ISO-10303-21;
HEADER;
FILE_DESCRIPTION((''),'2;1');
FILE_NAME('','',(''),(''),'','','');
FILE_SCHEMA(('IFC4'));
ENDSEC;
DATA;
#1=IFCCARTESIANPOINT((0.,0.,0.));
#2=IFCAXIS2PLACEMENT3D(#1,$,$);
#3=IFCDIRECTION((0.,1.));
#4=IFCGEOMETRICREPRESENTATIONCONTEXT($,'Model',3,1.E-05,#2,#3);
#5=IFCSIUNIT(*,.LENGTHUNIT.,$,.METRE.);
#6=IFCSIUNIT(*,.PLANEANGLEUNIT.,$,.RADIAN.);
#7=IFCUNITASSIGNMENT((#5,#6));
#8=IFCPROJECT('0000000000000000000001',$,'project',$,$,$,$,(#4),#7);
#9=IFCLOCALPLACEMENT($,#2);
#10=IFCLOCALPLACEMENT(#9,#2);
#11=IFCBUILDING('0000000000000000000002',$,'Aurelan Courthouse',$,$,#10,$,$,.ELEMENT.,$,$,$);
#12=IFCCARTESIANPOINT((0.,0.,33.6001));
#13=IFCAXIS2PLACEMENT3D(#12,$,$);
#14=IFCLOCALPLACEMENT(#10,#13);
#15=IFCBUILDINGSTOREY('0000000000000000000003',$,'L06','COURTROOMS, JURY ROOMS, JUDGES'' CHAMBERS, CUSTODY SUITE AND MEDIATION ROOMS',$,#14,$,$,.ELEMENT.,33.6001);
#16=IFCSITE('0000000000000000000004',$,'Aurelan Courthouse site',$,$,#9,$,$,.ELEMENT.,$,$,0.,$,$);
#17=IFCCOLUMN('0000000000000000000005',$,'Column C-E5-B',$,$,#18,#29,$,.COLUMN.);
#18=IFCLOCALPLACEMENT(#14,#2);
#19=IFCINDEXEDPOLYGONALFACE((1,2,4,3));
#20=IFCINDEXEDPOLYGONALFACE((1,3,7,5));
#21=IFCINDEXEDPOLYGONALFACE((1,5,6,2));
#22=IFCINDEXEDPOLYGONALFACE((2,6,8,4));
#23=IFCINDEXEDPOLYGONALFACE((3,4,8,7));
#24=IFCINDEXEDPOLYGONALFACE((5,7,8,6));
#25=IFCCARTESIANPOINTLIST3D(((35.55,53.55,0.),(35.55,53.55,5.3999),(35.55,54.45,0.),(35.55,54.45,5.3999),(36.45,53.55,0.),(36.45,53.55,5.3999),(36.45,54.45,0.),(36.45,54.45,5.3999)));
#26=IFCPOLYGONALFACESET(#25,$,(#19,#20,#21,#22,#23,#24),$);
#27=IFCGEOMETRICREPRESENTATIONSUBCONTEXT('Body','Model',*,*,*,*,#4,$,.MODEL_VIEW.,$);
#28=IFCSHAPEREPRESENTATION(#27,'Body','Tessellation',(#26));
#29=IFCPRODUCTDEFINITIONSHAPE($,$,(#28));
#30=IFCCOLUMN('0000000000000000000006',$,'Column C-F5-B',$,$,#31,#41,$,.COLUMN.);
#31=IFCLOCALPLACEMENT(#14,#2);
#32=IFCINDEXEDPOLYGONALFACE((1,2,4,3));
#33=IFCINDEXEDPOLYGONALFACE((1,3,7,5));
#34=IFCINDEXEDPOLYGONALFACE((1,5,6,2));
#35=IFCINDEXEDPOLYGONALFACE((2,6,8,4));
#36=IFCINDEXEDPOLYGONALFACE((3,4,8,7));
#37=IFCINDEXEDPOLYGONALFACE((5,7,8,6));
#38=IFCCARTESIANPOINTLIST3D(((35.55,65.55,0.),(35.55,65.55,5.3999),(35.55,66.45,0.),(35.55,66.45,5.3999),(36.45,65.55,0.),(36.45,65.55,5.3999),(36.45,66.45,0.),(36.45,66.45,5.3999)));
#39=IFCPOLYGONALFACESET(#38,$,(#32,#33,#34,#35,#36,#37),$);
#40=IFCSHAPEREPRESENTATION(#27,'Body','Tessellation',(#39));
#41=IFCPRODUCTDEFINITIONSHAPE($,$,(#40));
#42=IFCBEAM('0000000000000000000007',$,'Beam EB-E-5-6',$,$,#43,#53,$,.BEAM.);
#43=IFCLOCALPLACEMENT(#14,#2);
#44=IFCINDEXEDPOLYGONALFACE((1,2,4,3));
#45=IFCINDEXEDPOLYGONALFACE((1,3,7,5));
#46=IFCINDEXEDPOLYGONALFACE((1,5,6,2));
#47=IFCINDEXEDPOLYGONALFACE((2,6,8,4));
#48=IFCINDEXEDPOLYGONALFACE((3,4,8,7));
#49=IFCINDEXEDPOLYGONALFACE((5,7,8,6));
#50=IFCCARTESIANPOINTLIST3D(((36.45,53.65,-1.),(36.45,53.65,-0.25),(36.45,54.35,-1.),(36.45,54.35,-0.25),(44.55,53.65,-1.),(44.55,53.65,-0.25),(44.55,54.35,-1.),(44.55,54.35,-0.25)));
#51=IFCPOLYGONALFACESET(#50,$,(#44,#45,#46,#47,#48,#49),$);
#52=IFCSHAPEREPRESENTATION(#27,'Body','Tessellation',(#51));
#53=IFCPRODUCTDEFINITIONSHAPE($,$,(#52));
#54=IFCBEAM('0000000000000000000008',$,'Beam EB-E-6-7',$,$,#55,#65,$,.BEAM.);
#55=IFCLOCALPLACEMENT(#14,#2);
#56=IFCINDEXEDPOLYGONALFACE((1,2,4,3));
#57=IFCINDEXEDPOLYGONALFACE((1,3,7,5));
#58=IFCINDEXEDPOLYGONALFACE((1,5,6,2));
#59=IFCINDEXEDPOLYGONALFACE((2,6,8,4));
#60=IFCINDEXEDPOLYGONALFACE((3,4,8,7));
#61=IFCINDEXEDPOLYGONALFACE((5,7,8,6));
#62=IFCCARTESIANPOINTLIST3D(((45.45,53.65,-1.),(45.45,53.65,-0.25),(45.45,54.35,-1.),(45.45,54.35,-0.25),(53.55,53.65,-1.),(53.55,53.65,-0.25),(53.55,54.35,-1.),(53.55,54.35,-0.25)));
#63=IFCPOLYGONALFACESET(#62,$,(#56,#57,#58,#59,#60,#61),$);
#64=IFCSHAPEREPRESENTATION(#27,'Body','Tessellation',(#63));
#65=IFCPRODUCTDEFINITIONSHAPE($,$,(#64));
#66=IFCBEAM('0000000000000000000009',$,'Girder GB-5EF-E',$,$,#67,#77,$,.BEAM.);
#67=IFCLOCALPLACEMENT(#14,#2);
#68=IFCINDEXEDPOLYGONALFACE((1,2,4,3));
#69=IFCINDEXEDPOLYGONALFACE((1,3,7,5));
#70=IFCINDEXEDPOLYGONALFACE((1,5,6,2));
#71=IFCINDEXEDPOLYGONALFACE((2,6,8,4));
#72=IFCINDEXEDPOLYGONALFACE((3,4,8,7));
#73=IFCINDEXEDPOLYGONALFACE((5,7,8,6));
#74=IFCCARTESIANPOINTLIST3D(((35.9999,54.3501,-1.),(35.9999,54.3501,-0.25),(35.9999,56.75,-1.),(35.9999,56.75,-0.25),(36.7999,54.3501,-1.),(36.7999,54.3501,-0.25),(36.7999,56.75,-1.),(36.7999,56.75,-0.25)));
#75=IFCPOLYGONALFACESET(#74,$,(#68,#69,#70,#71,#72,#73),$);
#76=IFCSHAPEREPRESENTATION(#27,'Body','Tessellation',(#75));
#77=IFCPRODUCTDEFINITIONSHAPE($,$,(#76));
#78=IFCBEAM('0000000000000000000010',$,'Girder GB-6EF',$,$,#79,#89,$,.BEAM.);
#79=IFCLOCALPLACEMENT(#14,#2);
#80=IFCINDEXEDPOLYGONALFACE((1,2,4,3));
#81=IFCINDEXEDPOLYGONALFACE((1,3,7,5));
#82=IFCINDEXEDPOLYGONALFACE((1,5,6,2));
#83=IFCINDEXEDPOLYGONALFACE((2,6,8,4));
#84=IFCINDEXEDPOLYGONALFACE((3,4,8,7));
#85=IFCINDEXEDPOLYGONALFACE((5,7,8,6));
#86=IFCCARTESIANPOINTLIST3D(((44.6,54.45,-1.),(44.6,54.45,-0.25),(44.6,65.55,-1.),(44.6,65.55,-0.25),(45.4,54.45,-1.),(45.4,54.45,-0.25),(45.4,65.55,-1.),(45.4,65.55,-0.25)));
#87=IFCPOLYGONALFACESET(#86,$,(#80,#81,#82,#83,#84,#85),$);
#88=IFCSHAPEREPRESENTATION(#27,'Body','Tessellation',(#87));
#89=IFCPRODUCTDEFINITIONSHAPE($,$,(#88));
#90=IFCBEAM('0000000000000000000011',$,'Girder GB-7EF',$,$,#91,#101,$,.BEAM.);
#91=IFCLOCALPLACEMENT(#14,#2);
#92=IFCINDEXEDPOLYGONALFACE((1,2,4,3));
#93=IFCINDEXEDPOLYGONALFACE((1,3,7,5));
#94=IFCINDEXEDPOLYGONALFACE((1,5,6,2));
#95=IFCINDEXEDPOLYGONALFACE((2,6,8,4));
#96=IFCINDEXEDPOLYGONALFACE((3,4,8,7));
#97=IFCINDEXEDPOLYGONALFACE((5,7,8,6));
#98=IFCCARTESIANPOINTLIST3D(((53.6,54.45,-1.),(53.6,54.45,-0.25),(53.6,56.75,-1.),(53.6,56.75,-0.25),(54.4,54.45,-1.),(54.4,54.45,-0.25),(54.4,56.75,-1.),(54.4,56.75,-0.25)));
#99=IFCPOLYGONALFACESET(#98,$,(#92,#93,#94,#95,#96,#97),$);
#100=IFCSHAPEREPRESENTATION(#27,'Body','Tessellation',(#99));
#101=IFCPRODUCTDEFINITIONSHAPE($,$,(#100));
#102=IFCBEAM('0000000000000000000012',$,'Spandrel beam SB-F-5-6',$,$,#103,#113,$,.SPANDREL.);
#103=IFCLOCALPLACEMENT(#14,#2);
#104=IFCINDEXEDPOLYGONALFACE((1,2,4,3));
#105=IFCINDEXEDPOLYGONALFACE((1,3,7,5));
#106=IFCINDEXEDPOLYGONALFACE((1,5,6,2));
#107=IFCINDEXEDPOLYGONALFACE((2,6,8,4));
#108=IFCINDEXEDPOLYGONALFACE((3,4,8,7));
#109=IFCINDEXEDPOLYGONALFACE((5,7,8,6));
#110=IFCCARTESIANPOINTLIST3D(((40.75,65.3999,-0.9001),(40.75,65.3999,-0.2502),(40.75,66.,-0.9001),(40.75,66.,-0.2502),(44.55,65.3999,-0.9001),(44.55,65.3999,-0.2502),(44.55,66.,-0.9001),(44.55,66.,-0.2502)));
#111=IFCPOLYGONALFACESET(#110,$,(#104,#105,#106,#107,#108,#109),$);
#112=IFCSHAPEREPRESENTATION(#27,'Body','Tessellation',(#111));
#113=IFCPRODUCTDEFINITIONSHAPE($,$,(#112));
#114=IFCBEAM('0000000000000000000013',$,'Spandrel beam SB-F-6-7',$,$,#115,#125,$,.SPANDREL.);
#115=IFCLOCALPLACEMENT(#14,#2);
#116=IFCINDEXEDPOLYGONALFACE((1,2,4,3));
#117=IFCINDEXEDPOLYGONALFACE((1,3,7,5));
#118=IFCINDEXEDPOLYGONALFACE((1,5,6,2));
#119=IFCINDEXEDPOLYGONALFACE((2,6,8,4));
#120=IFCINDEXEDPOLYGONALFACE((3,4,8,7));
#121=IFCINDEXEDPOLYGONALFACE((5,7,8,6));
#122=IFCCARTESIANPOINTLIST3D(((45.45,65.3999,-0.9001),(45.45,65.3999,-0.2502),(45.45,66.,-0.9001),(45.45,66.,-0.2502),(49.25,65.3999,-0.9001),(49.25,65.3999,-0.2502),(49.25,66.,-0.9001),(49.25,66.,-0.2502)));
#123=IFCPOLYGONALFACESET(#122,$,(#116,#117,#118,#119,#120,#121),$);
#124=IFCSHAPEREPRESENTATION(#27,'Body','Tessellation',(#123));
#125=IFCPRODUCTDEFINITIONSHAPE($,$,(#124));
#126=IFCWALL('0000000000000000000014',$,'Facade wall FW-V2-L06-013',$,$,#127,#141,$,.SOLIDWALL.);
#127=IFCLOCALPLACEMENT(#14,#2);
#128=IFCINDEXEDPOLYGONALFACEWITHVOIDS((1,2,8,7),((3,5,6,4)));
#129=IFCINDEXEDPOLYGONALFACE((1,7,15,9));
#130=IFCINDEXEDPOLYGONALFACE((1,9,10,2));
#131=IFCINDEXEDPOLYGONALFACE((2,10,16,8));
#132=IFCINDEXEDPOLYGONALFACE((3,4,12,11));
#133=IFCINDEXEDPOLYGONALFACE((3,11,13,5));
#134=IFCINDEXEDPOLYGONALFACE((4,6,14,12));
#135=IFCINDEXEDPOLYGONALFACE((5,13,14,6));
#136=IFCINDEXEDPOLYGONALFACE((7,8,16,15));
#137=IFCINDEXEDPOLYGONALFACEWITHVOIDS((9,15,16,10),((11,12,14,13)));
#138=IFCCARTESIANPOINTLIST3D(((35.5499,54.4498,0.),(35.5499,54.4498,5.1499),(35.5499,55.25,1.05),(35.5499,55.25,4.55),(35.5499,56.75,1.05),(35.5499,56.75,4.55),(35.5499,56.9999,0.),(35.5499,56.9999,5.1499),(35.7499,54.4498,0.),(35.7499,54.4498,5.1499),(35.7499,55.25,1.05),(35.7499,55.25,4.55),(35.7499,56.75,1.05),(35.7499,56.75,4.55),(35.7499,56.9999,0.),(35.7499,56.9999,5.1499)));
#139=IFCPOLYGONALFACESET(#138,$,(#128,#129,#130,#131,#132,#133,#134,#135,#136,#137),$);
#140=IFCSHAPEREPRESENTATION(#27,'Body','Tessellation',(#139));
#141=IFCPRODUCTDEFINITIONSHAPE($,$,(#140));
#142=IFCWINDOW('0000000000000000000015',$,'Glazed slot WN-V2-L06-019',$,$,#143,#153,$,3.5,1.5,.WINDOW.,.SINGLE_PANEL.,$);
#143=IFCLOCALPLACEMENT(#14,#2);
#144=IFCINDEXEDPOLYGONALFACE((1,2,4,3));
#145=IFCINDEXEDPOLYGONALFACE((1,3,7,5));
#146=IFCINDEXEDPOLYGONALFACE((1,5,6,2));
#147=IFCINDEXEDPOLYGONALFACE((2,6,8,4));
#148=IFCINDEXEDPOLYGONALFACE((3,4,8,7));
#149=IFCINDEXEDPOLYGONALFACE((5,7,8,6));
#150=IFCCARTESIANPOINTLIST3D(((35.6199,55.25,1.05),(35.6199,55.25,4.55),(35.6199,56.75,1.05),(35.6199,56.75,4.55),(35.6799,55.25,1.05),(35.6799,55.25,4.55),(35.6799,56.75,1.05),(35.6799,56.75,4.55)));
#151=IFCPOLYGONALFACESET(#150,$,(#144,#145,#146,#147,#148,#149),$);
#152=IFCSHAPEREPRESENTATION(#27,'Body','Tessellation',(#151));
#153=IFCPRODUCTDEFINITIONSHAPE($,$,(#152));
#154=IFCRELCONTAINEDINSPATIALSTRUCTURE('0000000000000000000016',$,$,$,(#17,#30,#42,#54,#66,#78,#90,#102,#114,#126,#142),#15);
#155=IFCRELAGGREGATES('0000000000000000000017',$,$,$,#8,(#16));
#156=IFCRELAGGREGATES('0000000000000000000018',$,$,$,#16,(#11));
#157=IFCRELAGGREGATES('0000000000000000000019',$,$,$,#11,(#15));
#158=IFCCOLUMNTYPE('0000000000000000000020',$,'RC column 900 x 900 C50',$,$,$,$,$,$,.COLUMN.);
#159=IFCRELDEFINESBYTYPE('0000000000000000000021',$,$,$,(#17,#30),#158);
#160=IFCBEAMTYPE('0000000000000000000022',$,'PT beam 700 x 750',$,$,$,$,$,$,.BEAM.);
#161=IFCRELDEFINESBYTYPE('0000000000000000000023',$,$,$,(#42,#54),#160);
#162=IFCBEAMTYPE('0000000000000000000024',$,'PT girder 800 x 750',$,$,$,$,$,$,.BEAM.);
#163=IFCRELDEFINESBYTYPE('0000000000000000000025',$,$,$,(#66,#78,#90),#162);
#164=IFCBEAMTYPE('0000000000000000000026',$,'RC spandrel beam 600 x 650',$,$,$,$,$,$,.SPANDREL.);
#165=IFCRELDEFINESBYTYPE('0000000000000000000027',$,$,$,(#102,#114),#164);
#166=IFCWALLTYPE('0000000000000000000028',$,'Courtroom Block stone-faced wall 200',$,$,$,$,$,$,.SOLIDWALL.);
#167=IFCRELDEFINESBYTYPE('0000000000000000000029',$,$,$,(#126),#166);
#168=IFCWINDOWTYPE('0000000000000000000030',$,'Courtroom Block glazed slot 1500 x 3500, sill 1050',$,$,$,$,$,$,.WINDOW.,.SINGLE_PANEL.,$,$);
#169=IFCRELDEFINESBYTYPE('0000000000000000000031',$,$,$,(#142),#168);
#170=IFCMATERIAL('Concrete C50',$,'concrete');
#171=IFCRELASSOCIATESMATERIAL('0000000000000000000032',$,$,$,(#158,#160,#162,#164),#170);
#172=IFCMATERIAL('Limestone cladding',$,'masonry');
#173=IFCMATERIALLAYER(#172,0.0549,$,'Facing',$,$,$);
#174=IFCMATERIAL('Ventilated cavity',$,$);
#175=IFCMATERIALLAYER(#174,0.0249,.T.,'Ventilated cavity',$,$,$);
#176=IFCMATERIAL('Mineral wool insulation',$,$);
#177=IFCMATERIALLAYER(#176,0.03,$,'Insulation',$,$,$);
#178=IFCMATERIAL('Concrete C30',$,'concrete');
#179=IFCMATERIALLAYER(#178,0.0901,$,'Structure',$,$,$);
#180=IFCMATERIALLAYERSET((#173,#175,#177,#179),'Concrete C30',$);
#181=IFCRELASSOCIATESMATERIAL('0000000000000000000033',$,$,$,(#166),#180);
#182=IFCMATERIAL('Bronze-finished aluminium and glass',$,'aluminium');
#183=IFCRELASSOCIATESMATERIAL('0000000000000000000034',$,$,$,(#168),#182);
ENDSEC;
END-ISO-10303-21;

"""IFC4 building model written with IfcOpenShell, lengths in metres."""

from ifc_helpers import new_model, si_unit, direction, frame, frame_2d, origin, origin_2d, place, context, subcontext, project, spatial, rectangle, extrude, material, layer, layer_set, material_profile, profile_set, type_object, element, fill, save


model = new_model("IFC4")

# Units and contexts
model_context = context("Model", 3, precision=1e-05, world=origin(), true_north=direction((0.0, 1.0)))
body_context = subcontext(model_context, "Body", "Model", "MODEL_VIEW")
ifc_project = project(units=[si_unit("LENGTHUNIT", "METRE"), si_unit("PLANEANGLEUNIT", "RADIAN")], contexts=[model_context])

# Site, building, storey
site_placement = place(None, origin())
site = spatial("IfcSite", under=ifc_project, at=site_placement, Name="Aurelan Courthouse site", CompositionType="ELEMENT", RefElevation=0.0)
building_placement = place(site_placement, origin())
building = spatial("IfcBuilding", under=site, at=building_placement, Name="Aurelan Courthouse", CompositionType="ELEMENT")
storey_placement = place(building_placement, frame((0.0, 0.0, 33.6001)))
storey = spatial("IfcBuildingStorey", under=building, at=storey_placement, Name="L06", Description="COURTROOMS, JURY ROOMS, JUDGES' CHAMBERS, CUSTODY SUITE AND MEDIATION ROOMS", CompositionType="ELEMENT", Elevation=33.6001)

# Columns
ifc_material_1 = material(Name="Concrete C50", Category="concrete")
ifc_material_profile_1 = material_profile(ifc_material_1, rectangle(XDim=0.8999, YDim=0.8999, at=origin_2d()), Name="RC 900 x 900")
ifc_profile_set_1 = profile_set([ifc_material_profile_1], Name="Concrete C50")
column_type = type_object("IfcColumnType", Name="RC column 900 x 900 C50", PredefinedType="COLUMN", material=ifc_profile_set_1)
for number, where, z_axis, x_axis, name in (
    (1, (36.0, 54.0, 0.0), (0.0, 0.0, 1.0), (1.0, 0.0, 0.0), "Column C-E5-B"),
    (2, (36.0, 66.0, 0.0), (0.0, 0.0, 1.0), (1.0, 0.0, 0.0), "Column C-F5-B"),
):
    element("IfcColumn", number, at=place(storey_placement, frame(where, z_axis=z_axis, x_axis=x_axis)), inside=storey, type_object=column_type, Name=name, PredefinedType="COLUMN", context=body_context, shape_type="SweptSolid", body=[
        extrude(rectangle(XDim=0.8999, YDim=0.8999, at=origin_2d()), origin(), (0.0, 0.0, 1.0), 5.3999),
    ])

# Beams
ifc_material_profile_2 = material_profile(ifc_material_1, rectangle(XDim=0.7, YDim=0.75, at=origin_2d()), Name="RC 700 x 750")
ifc_profile_set_2 = profile_set([ifc_material_profile_2], Name="Concrete C50")
beam_type_1 = type_object("IfcBeamType", Name="PT beam 700 x 750", PredefinedType="BEAM", material=ifc_profile_set_2)
for number, where, z_axis, x_axis, name in (
    (3, (36.45, 54.0, -0.625), (1.0, 0.0, 0.0), (0.0, 1.0, 0.0), "Beam EB-E-5-6"),
    (4, (45.45, 54.0, -0.625), (1.0, 0.0, 0.0), (0.0, 1.0, 0.0), "Beam EB-E-6-7"),
):
    element("IfcBeam", number, at=place(storey_placement, frame(where, z_axis=z_axis, x_axis=x_axis)), inside=storey, type_object=beam_type_1, Name=name, PredefinedType="BEAM", context=body_context, shape_type="SweptSolid", body=[
        extrude(rectangle(XDim=0.7, YDim=0.75, at=origin_2d()), origin(), (0.0, 0.0, 1.0), 8.1001),
    ])
ifc_material_profile_3 = material_profile(ifc_material_1, rectangle(XDim=0.8, YDim=0.75, at=origin_2d()), Name="RC 800 x 750")
ifc_profile_set_3 = profile_set([ifc_material_profile_3], Name="Concrete C50")
beam_type_2 = type_object("IfcBeamType", Name="PT girder 800 x 750", PredefinedType="BEAM", material=ifc_profile_set_3)
beam_1_placement = place(storey_placement, frame((36.3999, 54.3501, -0.625), z_axis=(0.0, 1.0, 0.0), x_axis=(-1.0, 0.0, 0.0)))
element("IfcBeam", 5, at=beam_1_placement, inside=storey, type_object=beam_type_2, Name="Girder GB-5EF-E", PredefinedType="BEAM", context=body_context, shape_type="SweptSolid", body=[
    extrude(rectangle(XDim=0.8, YDim=0.75, at=origin_2d()), origin(), (0.0, 0.0, 1.0), 2.3999),
])
beam_2_placement = place(storey_placement, frame((45.0, 54.45, -0.625), z_axis=(0.0, 1.0, 0.0), x_axis=(-1.0, 0.0, 0.0)))
element("IfcBeam", 6, at=beam_2_placement, inside=storey, type_object=beam_type_2, Name="Girder GB-6EF", PredefinedType="BEAM", context=body_context, shape_type="SweptSolid", body=[
    extrude(rectangle(XDim=0.8, YDim=0.75, at=origin_2d()), origin(), (0.0, 0.0, 1.0), 11.1001),
])
beam_3_placement = place(storey_placement, frame((54.0, 54.45, -0.625), z_axis=(0.0, 1.0, 0.0), x_axis=(-1.0, 0.0, 0.0)))
element("IfcBeam", 7, at=beam_3_placement, inside=storey, type_object=beam_type_2, Name="Girder GB-7EF", PredefinedType="BEAM", context=body_context, shape_type="SweptSolid", body=[
    extrude(rectangle(XDim=0.8, YDim=0.75, at=origin_2d()), origin(), (0.0, 0.0, 1.0), 2.3),
])
ifc_material_profile_4 = material_profile(ifc_material_1, rectangle(XDim=0.6001, YDim=0.6499, at=origin_2d()), Name="RC 600 x 650")
ifc_profile_set_4 = profile_set([ifc_material_profile_4], Name="Concrete C50")
beam_type_3 = type_object("IfcBeamType", Name="RC spandrel beam 600 x 650", PredefinedType="SPANDREL", material=ifc_profile_set_4)
for number, where, z_axis, x_axis, name in (
    (8, (40.75, 65.7, -0.5752), (1.0, 0.0, 0.0), (0.0, 1.0, 0.0), "Spandrel beam SB-F-5-6"),
    (9, (45.45, 65.7, -0.5752), (1.0, 0.0, 0.0), (0.0, 1.0, 0.0), "Spandrel beam SB-F-6-7"),
):
    element("IfcBeam", number, at=place(storey_placement, frame(where, z_axis=z_axis, x_axis=x_axis)), inside=storey, type_object=beam_type_3, Name=name, PredefinedType="SPANDREL", context=body_context, shape_type="SweptSolid", body=[
        extrude(rectangle(XDim=0.6001, YDim=0.6499, at=origin_2d()), origin(), (0.0, 0.0, 1.0), 3.8),
    ])

# Wall, opening, window
ifc_material_2 = material(Name="Limestone cladding", Category="masonry")
ifc_layer_1 = layer(ifc_material_2, 0.0549, Name="Facing")
ifc_material_3 = material(Name="Ventilated cavity")
ifc_layer_2 = layer(ifc_material_3, 0.0249, ventilated=True, Name="Ventilated cavity")
ifc_material_4 = material(Name="Mineral wool insulation")
ifc_layer_3 = layer(ifc_material_4, 0.03, Name="Insulation")
ifc_material_5 = material(Name="Concrete C30", Category="concrete")
ifc_layer_4 = layer(ifc_material_5, 0.0901, Name="Structure")
ifc_layer_set_1 = layer_set([ifc_layer_1, ifc_layer_2, ifc_layer_3, ifc_layer_4], Name="Concrete C30")
wall_type_1 = type_object("IfcWallType", Name="Courtroom Block stone-faced wall 200", PredefinedType="SOLIDWALL", material=ifc_layer_set_1)
wall_1_placement = place(storey_placement, frame((35.6499, 54.45, 0.0), z_axis=(0.0, 0.0, 1.0), x_axis=(0.0, 1.0, 0.0)))
wall_1 = element("IfcWall", 10, at=wall_1_placement, inside=storey, type_object=wall_type_1, Name="Facade wall FW-V2-L06-013", PredefinedType="SOLIDWALL", context=body_context, shape_type="SweptSolid", body=[
    extrude(rectangle(XDim=2.55, YDim=0.2, at=frame_2d((1.2749, 0.0))), origin(), (0.0, 0.0, 1.0), 5.1499),
])
opening_1_placement = place(wall_1_placement, frame((0.8, 0.0, 1.05)))
opening_1 = element("IfcOpeningElement", 11, at=opening_1_placement, cuts=wall_1, PredefinedType="OPENING", context=body_context, shape_type="SweptSolid", body=[
    extrude(rectangle(XDim=1.5, YDim=3.5, at=frame_2d((0.75, 1.75))), frame((0.0, 0.1099, 0.0), z_axis=(0.0, -1.0, 0.0), x_axis=(1.0, 0.0, 0.0)), (0.0, 0.0, 1.0), 0.22),
])
ifc_material_6 = material(Name="Bronze-finished aluminium and glass", Category="aluminium")
window_type = type_object("IfcWindowType", Name="Courtroom Block glazed slot 1500 x 3500, sill 1050", PartitioningType="SINGLE_PANEL", PredefinedType="WINDOW", material=ifc_material_6)
window_1_placement = place(opening_1_placement, origin())
window_1 = element("IfcWindow", 12, at=window_1_placement, inside=storey, type_object=window_type, Name="Glazed slot WN-V2-L06-019", OverallHeight=3.5, OverallWidth=1.5, PartitioningType="SINGLE_PANEL", PredefinedType="WINDOW", context=body_context, shape_type="SweptSolid", body=[
    extrude(rectangle(XDim=1.5, YDim=3.5, at=frame_2d((0.75, 1.75))), frame((0.0, 0.03, 0.0), z_axis=(0.0, -1.0, 0.0), x_axis=(1.0, 0.0, 0.0)), (0.0, 0.0, 1.0), 0.0601),
])
fill(opening_1, window_1)

save(model, "model.ifc")
